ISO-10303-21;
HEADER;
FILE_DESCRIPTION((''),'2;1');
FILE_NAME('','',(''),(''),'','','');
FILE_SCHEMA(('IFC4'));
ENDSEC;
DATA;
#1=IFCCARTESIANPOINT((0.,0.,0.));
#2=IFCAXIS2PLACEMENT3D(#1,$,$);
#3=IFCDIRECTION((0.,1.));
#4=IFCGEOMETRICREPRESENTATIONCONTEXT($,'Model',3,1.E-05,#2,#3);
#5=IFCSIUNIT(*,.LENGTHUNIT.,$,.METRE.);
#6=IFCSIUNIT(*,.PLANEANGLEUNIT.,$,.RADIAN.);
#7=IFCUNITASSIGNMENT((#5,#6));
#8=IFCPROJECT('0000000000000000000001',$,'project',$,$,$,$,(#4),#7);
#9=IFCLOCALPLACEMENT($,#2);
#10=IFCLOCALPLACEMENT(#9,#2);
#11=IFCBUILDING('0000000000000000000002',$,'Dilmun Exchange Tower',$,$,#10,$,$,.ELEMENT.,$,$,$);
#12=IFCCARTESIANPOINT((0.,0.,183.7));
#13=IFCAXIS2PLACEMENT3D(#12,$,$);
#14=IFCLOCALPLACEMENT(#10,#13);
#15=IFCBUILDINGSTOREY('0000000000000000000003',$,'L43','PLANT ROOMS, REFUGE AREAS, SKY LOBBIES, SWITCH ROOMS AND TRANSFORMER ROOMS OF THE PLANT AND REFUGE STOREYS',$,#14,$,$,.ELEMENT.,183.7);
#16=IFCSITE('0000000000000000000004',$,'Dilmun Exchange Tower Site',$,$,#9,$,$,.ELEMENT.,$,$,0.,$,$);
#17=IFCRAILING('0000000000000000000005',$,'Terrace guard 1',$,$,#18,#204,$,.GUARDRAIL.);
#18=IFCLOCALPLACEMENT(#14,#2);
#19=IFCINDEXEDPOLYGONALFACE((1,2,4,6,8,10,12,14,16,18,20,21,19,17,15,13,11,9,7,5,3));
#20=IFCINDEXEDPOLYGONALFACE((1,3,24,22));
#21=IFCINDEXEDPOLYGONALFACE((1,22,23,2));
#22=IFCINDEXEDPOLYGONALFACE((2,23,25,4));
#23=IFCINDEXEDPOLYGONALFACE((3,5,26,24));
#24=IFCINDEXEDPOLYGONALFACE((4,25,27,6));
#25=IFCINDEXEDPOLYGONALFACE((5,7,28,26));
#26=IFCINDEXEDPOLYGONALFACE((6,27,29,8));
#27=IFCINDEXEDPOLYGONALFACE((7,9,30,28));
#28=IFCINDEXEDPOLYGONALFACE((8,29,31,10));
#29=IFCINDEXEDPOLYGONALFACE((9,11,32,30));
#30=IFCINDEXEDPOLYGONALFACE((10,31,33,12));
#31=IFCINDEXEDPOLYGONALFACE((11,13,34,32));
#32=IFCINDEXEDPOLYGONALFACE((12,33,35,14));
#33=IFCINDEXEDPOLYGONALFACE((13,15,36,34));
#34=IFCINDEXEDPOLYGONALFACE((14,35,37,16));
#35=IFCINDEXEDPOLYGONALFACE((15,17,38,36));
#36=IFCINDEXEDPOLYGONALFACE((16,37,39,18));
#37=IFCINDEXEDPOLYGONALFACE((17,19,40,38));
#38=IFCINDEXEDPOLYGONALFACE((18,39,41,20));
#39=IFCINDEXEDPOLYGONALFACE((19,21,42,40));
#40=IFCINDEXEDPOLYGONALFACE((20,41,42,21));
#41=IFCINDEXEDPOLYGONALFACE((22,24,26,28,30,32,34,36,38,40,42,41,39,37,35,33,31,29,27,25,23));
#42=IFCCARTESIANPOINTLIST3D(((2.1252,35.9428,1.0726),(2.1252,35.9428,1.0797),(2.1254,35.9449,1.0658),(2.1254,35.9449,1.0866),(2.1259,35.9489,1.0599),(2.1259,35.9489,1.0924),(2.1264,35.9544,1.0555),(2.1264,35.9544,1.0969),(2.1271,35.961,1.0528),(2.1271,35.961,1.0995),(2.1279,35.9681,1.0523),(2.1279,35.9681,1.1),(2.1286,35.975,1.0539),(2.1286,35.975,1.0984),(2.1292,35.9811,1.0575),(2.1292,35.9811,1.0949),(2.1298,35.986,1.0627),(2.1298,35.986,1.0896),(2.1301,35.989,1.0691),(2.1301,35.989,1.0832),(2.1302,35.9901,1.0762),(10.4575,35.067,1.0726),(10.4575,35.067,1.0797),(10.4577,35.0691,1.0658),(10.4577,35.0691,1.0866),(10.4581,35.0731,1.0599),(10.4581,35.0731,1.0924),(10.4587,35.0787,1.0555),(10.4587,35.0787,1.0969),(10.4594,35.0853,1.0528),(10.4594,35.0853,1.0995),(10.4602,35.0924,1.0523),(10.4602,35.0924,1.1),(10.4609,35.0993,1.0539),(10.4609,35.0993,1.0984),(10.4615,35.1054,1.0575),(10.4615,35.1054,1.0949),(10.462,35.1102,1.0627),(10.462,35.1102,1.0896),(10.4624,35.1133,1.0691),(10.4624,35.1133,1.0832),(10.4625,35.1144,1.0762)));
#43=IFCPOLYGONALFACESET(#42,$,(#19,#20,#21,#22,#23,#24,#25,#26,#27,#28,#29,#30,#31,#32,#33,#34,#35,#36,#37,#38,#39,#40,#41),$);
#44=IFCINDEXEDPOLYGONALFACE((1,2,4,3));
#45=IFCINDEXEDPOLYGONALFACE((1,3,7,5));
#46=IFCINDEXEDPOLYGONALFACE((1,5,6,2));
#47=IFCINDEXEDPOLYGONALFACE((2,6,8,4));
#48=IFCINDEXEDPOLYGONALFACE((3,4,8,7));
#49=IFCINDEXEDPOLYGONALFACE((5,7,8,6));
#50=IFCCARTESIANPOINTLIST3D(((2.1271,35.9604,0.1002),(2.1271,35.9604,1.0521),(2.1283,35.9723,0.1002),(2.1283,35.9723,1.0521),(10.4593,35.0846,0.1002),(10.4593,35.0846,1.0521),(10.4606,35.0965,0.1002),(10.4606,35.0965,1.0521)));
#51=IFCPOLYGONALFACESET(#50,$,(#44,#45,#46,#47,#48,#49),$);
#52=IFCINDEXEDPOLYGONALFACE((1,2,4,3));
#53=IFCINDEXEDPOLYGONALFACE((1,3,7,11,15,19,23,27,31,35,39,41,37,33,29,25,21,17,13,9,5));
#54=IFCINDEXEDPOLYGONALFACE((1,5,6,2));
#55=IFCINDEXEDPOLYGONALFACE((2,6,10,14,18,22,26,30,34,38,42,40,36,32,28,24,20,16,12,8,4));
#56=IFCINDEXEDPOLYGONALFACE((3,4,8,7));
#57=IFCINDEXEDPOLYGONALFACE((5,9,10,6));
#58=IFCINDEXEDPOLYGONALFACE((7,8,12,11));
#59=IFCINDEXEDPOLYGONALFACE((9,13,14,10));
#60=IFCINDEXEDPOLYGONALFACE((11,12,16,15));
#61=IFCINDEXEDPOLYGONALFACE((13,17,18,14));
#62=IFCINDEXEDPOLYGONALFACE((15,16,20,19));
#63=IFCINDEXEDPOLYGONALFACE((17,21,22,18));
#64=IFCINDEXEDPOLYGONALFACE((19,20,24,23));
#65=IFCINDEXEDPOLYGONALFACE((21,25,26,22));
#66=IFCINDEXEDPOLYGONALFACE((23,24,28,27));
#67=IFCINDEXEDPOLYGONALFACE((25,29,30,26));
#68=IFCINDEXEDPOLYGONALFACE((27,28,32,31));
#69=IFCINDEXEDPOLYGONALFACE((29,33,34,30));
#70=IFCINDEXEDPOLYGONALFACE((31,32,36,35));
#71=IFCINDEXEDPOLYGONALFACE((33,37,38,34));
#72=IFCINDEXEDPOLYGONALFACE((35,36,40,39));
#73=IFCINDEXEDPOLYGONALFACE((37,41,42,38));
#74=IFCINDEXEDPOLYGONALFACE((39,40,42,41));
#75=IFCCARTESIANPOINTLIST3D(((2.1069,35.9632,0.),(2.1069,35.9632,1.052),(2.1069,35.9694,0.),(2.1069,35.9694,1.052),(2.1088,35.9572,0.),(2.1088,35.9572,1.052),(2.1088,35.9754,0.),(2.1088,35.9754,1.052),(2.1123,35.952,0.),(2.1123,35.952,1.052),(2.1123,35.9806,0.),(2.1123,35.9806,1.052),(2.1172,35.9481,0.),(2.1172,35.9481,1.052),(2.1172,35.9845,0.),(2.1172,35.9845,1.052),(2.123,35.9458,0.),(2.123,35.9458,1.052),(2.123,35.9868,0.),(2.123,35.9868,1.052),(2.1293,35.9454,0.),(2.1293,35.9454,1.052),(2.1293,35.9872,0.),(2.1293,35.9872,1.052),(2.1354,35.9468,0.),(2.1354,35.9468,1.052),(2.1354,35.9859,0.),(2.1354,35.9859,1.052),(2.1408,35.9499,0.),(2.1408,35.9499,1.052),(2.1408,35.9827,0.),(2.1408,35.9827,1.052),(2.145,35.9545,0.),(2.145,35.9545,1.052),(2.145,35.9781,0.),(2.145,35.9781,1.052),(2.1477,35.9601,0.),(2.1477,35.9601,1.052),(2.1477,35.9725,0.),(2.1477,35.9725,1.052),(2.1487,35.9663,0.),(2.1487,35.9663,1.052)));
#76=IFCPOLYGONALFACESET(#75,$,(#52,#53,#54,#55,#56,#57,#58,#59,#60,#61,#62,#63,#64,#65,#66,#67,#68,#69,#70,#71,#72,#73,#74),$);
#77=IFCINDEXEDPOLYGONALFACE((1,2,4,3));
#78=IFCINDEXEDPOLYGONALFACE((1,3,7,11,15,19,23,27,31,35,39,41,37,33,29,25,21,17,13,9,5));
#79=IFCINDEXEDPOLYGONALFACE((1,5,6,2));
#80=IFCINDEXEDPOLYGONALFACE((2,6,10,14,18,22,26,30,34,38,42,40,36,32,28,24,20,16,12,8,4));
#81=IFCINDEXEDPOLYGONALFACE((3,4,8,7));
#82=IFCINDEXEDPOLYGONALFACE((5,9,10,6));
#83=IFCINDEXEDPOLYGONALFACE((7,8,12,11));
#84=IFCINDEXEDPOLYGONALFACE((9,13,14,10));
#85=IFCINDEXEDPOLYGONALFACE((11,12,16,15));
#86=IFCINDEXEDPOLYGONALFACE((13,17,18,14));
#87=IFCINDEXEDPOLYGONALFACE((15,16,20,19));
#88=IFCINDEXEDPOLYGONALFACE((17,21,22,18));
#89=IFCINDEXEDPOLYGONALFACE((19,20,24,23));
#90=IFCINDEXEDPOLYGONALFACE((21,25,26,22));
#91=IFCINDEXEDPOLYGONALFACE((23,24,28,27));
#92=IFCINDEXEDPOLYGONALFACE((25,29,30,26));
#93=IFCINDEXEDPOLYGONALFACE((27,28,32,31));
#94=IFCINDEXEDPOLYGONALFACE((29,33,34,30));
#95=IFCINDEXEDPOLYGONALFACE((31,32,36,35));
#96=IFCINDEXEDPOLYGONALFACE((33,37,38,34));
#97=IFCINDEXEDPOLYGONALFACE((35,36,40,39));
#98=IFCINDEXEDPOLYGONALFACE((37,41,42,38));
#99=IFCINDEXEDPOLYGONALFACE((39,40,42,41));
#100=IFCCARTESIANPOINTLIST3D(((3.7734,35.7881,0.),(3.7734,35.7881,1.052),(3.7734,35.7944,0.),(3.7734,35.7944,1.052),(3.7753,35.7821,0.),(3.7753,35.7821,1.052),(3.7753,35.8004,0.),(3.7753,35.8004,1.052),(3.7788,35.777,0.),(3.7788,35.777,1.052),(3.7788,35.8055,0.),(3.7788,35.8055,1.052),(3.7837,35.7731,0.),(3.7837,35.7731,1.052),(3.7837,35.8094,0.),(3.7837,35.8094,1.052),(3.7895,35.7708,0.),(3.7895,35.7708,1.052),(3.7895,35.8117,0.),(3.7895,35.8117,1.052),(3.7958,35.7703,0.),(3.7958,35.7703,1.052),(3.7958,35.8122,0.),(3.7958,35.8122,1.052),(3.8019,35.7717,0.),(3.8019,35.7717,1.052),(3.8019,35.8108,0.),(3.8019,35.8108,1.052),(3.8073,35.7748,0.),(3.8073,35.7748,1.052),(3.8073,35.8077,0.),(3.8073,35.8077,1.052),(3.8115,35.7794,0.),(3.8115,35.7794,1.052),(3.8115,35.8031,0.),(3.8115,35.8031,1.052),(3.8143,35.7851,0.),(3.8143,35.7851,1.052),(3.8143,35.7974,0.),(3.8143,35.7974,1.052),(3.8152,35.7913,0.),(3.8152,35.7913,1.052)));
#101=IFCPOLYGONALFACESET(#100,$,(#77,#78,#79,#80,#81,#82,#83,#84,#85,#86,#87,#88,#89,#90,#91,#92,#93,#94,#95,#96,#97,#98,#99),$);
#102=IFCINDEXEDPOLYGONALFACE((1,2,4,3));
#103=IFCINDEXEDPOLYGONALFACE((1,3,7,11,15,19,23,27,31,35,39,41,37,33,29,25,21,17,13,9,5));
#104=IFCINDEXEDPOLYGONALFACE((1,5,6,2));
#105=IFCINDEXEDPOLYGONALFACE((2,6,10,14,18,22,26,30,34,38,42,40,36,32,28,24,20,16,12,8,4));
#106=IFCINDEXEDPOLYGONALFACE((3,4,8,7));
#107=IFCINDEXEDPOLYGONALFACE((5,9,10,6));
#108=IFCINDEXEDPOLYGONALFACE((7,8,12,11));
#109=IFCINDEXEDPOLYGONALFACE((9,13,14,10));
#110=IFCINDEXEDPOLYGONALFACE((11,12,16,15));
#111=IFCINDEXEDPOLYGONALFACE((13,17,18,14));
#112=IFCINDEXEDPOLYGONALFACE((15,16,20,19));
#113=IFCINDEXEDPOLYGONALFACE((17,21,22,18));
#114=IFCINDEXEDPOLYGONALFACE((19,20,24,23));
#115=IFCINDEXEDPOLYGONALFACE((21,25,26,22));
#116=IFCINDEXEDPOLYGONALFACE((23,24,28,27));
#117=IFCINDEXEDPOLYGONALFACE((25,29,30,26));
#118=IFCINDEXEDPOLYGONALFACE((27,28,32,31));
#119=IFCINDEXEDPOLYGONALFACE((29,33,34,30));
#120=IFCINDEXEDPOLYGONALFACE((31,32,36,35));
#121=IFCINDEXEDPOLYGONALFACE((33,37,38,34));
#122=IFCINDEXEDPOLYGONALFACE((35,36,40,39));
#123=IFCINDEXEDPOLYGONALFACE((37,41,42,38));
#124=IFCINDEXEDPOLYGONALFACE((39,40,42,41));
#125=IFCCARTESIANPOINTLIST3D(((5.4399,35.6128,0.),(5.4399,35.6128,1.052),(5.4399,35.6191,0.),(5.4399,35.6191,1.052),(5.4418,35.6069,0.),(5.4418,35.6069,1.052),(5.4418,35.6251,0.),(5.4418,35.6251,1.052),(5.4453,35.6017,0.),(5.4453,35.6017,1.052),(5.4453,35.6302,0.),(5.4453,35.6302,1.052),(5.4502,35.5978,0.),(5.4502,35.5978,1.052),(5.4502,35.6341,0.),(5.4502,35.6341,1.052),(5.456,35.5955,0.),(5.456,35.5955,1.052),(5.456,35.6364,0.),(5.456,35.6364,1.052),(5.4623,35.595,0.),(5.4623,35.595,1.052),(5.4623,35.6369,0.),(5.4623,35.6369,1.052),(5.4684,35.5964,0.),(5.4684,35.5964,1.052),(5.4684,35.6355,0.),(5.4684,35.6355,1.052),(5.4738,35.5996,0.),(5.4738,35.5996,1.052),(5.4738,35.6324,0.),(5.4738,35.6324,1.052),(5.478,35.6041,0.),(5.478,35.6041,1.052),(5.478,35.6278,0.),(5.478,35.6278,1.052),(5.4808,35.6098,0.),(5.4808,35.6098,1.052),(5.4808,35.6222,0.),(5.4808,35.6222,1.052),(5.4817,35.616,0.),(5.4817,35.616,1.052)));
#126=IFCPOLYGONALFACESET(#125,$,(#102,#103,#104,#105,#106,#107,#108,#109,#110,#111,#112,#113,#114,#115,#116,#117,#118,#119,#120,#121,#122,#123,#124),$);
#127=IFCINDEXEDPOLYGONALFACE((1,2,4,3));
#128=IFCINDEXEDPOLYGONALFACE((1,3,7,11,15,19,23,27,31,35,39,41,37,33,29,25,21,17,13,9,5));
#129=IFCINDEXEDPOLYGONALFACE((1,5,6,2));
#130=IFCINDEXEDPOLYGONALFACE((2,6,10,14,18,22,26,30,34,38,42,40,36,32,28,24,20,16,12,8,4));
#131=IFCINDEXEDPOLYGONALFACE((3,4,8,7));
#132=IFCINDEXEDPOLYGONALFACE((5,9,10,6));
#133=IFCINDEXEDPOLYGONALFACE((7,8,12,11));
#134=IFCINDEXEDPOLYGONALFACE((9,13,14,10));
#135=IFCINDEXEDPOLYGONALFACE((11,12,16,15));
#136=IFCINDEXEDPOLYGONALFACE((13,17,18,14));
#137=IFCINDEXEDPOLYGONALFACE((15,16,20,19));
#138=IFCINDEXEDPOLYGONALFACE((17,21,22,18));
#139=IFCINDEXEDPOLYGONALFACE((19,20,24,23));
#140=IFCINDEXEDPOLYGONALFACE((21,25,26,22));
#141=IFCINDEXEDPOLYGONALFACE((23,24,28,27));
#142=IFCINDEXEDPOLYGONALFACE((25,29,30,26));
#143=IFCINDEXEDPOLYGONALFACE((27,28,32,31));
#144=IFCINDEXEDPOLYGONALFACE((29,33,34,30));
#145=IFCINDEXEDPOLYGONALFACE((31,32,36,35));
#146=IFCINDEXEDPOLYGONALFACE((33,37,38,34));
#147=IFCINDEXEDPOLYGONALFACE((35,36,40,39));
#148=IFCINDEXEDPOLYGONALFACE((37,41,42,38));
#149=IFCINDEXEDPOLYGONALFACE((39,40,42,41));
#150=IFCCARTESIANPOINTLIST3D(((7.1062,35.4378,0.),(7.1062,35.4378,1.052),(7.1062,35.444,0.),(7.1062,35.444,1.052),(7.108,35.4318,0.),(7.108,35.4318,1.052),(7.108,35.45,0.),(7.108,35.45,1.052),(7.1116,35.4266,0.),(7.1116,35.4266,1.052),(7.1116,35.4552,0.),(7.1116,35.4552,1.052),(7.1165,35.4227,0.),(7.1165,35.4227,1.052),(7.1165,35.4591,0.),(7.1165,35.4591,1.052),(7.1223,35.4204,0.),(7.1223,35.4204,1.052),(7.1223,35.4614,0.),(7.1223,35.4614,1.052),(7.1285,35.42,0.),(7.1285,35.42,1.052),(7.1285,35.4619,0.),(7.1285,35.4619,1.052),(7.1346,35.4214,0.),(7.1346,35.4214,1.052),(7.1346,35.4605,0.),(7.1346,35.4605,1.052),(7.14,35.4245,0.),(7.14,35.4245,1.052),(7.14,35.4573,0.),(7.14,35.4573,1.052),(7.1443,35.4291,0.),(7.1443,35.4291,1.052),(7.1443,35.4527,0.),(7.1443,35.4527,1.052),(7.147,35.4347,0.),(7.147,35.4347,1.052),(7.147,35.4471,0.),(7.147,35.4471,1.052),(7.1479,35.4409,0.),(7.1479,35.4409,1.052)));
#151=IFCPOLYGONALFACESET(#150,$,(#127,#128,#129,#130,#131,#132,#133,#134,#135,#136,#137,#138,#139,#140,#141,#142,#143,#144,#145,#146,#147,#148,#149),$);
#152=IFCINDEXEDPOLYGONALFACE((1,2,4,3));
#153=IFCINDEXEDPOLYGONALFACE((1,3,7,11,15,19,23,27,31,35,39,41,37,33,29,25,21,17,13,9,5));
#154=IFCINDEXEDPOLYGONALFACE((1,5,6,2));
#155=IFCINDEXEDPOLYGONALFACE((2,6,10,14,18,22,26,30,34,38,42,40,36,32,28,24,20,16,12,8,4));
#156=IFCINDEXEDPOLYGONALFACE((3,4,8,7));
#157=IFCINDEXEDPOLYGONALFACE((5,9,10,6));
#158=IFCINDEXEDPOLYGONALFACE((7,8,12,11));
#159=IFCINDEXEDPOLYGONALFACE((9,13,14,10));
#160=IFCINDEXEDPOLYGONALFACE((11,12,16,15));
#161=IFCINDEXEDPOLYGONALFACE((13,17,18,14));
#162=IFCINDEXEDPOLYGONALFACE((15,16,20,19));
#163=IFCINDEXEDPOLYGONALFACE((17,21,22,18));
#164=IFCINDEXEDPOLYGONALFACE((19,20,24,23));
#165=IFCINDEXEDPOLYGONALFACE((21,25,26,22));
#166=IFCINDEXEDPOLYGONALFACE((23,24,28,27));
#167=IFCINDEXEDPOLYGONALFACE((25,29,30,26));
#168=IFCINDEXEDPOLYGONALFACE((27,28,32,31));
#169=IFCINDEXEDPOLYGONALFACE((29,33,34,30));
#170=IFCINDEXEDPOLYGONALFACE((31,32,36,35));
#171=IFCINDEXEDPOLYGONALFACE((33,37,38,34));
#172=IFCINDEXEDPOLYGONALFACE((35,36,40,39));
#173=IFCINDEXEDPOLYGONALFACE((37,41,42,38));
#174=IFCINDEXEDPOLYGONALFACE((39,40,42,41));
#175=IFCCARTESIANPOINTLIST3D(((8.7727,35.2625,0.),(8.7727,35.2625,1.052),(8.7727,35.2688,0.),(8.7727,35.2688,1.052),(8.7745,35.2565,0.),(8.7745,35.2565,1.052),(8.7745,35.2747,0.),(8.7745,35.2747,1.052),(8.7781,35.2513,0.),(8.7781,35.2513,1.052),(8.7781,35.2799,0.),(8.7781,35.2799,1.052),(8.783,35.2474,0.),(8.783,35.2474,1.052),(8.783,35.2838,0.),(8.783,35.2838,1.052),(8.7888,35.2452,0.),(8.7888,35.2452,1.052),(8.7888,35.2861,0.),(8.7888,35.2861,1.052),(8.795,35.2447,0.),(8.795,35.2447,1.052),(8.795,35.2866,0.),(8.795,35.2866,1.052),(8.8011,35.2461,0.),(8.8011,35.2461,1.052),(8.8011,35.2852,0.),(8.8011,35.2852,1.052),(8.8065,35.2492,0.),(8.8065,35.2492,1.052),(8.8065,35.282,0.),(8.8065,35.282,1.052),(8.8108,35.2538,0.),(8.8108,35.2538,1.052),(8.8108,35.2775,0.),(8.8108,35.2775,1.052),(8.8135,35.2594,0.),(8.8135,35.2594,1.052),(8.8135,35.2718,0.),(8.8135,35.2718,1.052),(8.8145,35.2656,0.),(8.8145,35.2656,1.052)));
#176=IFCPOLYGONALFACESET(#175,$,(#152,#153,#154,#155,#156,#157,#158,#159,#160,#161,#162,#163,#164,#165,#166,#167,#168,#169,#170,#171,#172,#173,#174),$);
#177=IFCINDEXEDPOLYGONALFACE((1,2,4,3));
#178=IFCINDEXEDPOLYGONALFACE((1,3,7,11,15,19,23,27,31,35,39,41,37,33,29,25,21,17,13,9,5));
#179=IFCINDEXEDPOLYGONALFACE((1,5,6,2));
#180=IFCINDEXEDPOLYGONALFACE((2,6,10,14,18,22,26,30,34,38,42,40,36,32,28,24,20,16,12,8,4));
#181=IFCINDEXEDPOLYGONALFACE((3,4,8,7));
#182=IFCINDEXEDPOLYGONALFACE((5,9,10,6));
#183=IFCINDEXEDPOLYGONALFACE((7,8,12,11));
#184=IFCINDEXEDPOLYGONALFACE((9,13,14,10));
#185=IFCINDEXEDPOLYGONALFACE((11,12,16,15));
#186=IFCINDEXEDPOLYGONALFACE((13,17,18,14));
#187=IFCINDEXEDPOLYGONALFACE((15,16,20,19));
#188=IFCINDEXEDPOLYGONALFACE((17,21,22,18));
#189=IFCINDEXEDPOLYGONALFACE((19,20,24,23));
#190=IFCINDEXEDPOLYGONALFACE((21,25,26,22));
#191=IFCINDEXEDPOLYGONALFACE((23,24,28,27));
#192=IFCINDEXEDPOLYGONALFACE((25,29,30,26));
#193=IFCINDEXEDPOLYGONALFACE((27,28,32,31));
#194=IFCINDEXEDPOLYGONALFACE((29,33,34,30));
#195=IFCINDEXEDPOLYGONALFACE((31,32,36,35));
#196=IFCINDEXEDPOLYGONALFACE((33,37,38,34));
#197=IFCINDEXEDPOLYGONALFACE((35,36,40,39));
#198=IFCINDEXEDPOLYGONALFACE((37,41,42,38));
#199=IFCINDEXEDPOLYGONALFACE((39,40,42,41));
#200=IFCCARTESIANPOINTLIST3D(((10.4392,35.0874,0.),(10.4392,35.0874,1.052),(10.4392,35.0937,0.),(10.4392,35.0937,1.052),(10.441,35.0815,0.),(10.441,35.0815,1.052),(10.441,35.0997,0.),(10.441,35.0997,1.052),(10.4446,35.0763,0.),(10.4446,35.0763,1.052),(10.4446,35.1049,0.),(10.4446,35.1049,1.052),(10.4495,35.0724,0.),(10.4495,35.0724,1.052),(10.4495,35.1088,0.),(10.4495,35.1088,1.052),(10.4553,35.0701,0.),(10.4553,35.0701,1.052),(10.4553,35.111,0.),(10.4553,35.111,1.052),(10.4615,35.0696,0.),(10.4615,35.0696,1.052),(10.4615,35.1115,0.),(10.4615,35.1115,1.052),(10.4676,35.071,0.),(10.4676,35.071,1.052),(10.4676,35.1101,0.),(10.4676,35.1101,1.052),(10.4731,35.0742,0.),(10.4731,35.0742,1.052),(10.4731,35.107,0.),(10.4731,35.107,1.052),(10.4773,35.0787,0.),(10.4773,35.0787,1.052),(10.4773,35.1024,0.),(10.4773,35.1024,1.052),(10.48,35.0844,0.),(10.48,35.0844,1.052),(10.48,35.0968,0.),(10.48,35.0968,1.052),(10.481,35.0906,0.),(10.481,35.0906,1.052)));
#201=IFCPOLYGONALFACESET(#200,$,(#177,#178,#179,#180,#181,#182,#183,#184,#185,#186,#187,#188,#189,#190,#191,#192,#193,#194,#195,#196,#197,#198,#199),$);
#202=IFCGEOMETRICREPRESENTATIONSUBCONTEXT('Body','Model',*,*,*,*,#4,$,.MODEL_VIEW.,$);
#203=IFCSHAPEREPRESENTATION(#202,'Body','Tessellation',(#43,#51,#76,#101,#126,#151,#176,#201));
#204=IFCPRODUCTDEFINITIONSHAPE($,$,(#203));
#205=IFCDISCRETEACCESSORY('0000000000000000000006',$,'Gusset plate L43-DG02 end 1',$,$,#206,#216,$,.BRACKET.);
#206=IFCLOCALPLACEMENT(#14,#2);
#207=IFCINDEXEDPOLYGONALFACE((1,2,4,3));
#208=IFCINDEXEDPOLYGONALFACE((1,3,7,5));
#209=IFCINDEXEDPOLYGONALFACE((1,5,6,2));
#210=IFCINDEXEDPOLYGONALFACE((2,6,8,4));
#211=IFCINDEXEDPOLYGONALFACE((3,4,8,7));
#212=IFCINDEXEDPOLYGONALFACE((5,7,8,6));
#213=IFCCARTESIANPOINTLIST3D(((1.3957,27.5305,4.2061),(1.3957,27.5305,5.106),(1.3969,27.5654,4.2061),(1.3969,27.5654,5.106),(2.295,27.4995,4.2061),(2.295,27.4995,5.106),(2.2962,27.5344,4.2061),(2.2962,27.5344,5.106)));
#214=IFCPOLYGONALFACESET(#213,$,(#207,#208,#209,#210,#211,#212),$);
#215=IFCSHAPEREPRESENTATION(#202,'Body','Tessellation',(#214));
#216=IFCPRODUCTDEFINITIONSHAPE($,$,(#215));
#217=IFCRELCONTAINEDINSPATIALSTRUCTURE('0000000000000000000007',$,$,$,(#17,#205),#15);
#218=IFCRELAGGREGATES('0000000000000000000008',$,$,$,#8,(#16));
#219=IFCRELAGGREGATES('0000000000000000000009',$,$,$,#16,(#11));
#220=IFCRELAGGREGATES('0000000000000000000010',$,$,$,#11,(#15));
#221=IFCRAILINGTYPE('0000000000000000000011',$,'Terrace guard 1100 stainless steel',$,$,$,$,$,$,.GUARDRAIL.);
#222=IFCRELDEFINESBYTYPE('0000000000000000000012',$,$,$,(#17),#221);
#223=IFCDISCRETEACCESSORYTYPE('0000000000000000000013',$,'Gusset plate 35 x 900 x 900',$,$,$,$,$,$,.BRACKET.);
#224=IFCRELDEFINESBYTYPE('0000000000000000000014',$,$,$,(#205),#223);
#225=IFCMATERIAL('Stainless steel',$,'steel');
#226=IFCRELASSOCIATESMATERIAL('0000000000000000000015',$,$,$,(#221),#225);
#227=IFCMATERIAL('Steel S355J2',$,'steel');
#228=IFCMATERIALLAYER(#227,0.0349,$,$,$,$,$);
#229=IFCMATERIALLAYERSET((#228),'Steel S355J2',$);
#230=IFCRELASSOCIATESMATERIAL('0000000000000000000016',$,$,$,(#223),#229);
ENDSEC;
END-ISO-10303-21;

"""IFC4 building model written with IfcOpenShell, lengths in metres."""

from ifc_helpers import new_model, si_unit, direction, frame, origin, origin_2d, place, context, subcontext, project, spatial, rectangle, circle, extrude, material, layer, layer_set, type_object, element, save


model = new_model("IFC4")

# Units and contexts
model_context = context("Model", 3, precision=1e-05, world=origin(), true_north=direction((0.0, 1.0)))
body_context = subcontext(model_context, "Body", "Model", "MODEL_VIEW")
ifc_project = project(units=[si_unit("LENGTHUNIT", "METRE"), si_unit("PLANEANGLEUNIT", "RADIAN")], contexts=[model_context])

# Site, building, storey
site_placement = place(None, origin())
site = spatial("IfcSite", under=ifc_project, at=site_placement, Name="Dilmun Exchange Tower Site", CompositionType="ELEMENT", RefElevation=0.0)
building_placement = place(site_placement, origin())
building = spatial("IfcBuilding", under=site, at=building_placement, Name="Dilmun Exchange Tower", CompositionType="ELEMENT")
storey_placement = place(building_placement, frame((0.0, 0.0, 183.7)))
storey = spatial("IfcBuildingStorey", under=building, at=storey_placement, Name="L43", Description="PLANT ROOMS, REFUGE AREAS, SKY LOBBIES, SWITCH ROOMS AND TRANSFORMER ROOMS OF THE PLANT AND REFUGE STOREYS", CompositionType="ELEMENT", Elevation=183.7)

# Railing
ifc_material_1 = material(Name="Stainless steel", Category="steel")
railing_type = type_object("IfcRailingType", Name="Terrace guard 1100 stainless steel", PredefinedType="GUARDRAIL", material=ifc_material_1)
railing_placement = place(storey_placement, frame((2.1277, 35.9663, 0.0)))
element("IfcRailing", 1, at=railing_placement, inside=storey, type_object=railing_type, Name="Terrace guard 1", PredefinedType="GUARDRAIL", context=body_context, shape_type="SweptSolid", body=[
    extrude(circle(Radius=0.0239, at=origin_2d()), frame((0.0, 0.0, 1.0762), z_axis=(0.994522, -0.104526, 0.0), x_axis=(0.104526, 0.994522, 0.0)), (0.0, 0.0, 1.0), 8.3782),
    extrude(rectangle(XDim=0.012, YDim=0.9519, at=origin_2d()), frame((0.0, 0.0, 0.5762), z_axis=(0.994522, -0.104526, 0.0), x_axis=(0.104526, 0.994522, 0.0)), (0.0, 0.0, 1.0), 8.3782),
    extrude(circle(Radius=0.021, at=origin_2d()), origin(), (0.0, 0.0, 1.0), 1.052),
    extrude(circle(Radius=0.021, at=origin_2d()), frame((1.6665, -0.175, 0.0)), (0.0, 0.0, 1.0), 1.052),
    extrude(circle(Radius=0.021, at=origin_2d()), frame((3.333, -0.3503, 0.0)), (0.0, 0.0, 1.0), 1.052),
    extrude(circle(Radius=0.021, at=origin_2d()), frame((4.9993, -0.5254, 0.0)), (0.0, 0.0, 1.0), 1.052),
    extrude(circle(Radius=0.021, at=origin_2d()), frame((6.6658, -0.7007, 0.0)), (0.0, 0.0, 1.0), 1.052),
    extrude(circle(Radius=0.021, at=origin_2d()), frame((8.3323, -0.8757, 0.0)), (0.0, 0.0, 1.0), 1.052),
])

# Discrete accessory
ifc_material_2 = material(Name="Steel S355J2", Category="steel")
ifc_layer_1 = layer(ifc_material_2, 0.0349)
ifc_layer_set_1 = layer_set([ifc_layer_1], Name="Steel S355J2")
discrete_accessory_type = type_object("IfcDiscreteAccessoryType", Name="Gusset plate 35 x 900 x 900", PredefinedType="BRACKET", material=ifc_layer_set_1)
for number, where, z_axis, x_axis, name in (
    (2, (1.8459, 27.5325, 4.2061), (0.0, 0.0, 1.0), (0.999405, -0.034498, 0.0), "Gusset plate L43-DG02 end 1"),
):
    element("IfcDiscreteAccessory", number, at=place(storey_placement, frame(where, z_axis=z_axis, x_axis=x_axis)), inside=storey, type_object=discrete_accessory_type, Name=name, PredefinedType="BRACKET", context=body_context, shape_type="SweptSolid", body=[
        extrude(rectangle(XDim=0.8999, YDim=0.0349, at=origin_2d()), origin(), (0.0, 0.0, 1.0), 0.8999),
    ])

save(model, "model.ifc")
